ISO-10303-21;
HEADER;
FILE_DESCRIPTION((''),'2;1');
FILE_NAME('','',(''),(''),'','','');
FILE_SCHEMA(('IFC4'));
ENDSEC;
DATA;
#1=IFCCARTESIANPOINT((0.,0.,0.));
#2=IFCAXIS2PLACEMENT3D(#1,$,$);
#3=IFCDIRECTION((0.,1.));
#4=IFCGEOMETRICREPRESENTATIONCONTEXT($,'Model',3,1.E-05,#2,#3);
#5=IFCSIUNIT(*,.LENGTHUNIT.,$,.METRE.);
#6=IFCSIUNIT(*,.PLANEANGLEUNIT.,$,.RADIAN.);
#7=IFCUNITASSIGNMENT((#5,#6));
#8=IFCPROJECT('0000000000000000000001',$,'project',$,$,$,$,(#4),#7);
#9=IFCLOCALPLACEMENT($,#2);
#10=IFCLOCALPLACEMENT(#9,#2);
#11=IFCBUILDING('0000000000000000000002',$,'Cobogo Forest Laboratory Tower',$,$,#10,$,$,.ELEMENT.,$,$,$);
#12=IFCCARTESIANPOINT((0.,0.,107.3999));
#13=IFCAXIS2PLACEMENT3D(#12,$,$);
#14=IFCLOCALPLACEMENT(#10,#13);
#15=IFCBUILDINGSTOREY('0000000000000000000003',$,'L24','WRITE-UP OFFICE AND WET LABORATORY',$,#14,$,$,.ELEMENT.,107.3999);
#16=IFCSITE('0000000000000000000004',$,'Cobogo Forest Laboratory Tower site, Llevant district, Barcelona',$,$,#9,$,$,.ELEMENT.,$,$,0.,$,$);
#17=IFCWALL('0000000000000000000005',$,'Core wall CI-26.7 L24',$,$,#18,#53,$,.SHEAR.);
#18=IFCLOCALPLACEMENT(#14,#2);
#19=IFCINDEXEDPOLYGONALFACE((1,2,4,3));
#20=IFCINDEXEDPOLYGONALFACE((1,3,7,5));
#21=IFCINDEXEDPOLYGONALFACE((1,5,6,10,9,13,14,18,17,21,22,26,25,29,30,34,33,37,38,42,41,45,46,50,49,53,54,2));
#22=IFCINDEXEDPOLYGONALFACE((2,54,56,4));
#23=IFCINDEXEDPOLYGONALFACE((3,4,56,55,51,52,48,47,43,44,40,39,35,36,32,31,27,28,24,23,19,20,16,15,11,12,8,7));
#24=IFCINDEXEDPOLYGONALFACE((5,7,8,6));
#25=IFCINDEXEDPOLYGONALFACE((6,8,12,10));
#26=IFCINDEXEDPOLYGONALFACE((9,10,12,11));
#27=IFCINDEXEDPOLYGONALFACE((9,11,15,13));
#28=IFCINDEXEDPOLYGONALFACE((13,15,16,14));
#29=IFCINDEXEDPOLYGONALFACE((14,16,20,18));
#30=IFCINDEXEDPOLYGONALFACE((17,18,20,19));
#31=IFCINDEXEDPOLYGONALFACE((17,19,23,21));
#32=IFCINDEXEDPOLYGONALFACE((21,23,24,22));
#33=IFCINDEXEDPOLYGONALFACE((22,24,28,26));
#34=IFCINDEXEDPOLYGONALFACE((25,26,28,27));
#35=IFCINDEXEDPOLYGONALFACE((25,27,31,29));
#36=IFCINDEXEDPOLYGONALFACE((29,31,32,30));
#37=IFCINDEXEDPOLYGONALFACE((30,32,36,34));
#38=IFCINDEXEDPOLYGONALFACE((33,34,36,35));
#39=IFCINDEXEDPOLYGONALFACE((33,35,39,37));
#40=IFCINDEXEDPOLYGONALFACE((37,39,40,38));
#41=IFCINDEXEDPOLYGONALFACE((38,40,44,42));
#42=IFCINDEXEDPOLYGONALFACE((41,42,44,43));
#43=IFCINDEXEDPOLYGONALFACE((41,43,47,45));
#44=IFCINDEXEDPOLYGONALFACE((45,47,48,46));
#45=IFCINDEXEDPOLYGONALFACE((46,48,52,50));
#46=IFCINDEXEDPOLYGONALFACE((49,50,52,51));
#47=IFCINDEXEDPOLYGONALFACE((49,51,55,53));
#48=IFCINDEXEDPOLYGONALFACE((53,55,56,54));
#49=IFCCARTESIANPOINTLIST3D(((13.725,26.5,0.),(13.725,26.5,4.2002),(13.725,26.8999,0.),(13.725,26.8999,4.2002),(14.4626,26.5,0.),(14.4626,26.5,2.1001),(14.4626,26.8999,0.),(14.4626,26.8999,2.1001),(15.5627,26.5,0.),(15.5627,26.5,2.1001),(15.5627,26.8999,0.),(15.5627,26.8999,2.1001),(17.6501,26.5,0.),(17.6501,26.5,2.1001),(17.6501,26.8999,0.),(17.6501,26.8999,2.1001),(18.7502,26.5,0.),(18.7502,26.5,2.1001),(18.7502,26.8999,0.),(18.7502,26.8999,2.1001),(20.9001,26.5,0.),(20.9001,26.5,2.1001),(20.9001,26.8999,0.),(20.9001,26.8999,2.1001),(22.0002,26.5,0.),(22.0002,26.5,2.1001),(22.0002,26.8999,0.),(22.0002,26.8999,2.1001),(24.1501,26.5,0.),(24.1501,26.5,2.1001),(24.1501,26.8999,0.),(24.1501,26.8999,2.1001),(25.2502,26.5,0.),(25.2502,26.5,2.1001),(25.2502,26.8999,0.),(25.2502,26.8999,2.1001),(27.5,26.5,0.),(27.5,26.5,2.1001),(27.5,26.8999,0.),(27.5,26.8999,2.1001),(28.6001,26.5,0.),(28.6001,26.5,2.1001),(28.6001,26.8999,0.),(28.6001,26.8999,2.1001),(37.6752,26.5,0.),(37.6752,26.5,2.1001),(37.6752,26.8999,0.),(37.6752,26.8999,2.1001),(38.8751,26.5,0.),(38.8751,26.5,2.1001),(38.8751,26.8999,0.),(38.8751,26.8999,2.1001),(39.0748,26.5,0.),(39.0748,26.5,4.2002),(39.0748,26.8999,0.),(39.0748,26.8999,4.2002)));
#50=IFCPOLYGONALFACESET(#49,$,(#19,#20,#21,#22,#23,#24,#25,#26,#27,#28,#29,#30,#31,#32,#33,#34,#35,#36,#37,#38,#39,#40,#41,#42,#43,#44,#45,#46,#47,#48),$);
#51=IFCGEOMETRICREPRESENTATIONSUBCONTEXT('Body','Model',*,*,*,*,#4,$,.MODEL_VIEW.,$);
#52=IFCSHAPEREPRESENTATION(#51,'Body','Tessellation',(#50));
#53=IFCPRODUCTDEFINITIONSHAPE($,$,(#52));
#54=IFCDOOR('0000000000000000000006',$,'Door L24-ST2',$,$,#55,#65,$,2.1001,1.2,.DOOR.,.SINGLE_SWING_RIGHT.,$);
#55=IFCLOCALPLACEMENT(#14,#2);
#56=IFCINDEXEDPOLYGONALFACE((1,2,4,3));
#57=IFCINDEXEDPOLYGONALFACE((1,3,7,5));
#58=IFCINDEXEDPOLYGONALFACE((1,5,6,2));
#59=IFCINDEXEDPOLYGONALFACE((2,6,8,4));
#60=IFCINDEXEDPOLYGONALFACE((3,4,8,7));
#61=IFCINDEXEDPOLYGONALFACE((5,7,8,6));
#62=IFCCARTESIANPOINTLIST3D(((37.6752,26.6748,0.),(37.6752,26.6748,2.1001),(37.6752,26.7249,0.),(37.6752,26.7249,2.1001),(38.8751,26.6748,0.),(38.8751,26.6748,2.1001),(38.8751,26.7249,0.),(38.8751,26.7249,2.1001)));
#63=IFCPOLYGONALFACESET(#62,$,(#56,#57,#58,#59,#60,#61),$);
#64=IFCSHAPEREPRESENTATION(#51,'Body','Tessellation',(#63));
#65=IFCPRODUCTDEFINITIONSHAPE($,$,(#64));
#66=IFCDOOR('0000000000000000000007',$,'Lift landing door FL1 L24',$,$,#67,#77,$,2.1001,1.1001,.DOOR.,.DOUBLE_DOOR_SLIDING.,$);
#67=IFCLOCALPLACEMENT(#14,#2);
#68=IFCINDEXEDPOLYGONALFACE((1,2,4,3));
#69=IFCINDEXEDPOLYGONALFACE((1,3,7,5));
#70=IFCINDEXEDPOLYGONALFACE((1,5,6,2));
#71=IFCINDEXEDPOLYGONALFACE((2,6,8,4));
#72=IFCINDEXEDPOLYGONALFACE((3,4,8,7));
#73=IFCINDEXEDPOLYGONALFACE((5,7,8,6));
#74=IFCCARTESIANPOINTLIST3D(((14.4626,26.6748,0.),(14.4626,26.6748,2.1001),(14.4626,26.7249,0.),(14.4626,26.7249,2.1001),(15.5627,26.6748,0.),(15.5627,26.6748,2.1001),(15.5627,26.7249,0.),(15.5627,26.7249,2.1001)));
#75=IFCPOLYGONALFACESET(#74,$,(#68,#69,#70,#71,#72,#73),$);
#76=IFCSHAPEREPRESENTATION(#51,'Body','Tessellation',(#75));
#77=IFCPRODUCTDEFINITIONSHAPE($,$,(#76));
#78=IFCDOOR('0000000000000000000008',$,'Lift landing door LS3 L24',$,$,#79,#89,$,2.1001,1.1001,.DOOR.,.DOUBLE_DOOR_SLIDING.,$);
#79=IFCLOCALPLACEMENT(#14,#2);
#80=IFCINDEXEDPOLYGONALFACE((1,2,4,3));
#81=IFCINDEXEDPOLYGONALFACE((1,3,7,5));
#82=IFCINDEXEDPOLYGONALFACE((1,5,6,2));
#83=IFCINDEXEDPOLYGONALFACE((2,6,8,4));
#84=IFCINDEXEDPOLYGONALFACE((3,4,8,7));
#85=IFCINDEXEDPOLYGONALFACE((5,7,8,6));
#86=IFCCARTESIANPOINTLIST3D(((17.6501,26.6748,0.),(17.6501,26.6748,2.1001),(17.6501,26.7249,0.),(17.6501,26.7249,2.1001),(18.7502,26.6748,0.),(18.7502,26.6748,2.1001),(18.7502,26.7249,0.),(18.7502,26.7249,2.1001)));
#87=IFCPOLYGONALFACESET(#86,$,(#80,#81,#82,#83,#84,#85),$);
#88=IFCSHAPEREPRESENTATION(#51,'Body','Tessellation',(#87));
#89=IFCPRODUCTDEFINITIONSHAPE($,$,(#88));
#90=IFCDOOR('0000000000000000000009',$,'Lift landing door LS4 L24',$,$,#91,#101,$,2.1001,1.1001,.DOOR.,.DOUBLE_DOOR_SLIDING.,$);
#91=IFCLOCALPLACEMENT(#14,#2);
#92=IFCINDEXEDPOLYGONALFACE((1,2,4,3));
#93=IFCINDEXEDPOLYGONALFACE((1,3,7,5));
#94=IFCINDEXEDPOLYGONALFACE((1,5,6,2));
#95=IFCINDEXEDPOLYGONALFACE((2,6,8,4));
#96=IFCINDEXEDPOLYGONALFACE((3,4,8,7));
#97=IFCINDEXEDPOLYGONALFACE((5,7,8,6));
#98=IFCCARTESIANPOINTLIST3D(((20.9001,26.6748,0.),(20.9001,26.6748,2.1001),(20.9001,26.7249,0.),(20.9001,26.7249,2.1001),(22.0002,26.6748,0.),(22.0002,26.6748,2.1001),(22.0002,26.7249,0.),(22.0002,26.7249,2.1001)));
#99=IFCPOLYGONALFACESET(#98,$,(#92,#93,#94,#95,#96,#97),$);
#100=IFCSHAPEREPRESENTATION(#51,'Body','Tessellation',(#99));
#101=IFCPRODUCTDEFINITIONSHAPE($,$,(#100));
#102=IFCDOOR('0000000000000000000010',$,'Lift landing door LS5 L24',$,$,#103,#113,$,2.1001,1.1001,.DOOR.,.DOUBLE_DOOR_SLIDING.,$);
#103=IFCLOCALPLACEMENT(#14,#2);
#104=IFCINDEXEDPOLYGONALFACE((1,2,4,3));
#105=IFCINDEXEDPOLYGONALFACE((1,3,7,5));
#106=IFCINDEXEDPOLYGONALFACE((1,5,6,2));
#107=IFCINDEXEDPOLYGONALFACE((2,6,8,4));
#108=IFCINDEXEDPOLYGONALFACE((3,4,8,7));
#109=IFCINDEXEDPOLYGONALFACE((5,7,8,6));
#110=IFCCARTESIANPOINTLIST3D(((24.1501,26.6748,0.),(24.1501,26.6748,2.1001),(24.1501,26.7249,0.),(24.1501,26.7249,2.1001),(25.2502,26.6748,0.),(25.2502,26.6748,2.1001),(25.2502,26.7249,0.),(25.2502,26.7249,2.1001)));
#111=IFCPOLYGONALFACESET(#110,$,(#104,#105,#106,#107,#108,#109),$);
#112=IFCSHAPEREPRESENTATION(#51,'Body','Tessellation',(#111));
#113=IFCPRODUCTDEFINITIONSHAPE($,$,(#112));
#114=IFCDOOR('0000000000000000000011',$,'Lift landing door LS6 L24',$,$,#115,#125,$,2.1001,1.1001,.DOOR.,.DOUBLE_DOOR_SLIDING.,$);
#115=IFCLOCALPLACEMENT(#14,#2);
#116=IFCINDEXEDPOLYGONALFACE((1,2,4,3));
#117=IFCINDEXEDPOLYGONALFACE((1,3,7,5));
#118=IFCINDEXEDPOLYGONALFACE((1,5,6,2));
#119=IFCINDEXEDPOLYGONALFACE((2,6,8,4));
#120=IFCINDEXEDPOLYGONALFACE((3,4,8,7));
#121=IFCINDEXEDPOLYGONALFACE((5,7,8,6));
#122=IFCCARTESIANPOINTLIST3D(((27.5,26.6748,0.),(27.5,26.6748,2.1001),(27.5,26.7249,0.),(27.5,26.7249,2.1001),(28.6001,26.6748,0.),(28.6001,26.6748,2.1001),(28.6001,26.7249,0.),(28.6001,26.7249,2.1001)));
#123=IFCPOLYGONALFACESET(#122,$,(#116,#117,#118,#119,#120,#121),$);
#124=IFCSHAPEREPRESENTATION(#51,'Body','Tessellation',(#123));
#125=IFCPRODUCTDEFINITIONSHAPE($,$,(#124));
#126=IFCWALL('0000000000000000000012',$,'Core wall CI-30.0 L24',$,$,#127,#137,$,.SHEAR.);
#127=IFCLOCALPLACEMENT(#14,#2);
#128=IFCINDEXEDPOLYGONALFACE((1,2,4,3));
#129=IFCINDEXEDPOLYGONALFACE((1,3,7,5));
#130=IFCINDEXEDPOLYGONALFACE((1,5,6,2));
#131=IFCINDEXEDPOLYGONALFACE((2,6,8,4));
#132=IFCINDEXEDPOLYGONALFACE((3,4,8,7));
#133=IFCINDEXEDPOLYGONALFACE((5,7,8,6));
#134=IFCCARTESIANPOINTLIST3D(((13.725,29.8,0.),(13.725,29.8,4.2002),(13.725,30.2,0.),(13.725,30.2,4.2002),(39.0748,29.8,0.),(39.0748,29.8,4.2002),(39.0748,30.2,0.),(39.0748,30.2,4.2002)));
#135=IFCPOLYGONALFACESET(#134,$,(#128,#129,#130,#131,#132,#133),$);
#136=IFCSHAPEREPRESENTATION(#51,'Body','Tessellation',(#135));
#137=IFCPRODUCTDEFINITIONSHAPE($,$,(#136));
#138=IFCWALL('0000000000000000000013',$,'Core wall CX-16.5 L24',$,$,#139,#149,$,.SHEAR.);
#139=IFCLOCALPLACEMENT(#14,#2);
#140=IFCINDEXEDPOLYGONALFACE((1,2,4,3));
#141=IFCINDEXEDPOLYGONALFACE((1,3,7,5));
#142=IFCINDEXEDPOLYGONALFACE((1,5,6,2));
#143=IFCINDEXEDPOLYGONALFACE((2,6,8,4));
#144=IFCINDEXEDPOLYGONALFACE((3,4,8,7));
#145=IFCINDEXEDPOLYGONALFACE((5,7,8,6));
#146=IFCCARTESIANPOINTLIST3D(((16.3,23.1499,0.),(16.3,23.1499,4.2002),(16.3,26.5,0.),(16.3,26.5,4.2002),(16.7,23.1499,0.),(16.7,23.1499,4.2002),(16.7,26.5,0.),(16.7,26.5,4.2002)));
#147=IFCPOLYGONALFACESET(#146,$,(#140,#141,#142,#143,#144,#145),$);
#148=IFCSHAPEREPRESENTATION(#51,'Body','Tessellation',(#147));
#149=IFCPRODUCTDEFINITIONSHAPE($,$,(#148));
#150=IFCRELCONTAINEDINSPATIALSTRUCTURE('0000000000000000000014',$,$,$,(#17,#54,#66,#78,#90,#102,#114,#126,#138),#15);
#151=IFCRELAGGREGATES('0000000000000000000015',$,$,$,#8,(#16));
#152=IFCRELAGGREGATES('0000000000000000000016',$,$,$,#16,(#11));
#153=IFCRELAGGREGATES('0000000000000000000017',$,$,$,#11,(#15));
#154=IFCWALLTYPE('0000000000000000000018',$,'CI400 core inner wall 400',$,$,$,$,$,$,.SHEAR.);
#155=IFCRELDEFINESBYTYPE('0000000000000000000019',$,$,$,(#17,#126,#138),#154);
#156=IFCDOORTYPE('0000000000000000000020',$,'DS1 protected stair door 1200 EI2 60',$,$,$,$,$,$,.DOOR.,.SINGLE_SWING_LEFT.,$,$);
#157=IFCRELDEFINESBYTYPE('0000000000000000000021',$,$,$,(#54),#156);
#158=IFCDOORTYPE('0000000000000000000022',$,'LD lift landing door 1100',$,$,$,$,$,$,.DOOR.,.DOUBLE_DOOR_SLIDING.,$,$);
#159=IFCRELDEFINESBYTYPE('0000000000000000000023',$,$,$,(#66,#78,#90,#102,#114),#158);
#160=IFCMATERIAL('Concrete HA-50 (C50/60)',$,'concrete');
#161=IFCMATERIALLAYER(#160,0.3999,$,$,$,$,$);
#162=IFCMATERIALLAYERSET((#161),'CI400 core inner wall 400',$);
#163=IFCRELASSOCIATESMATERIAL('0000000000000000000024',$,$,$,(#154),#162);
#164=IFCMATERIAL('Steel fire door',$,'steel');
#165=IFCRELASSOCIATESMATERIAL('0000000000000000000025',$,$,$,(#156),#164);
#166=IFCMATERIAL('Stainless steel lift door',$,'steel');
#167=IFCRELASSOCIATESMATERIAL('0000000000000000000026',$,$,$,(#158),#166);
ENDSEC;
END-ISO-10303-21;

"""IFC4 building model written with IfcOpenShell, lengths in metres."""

from ifc_helpers import new_model, si_unit, direction, frame, frame_2d, origin, place, context, subcontext, project, spatial, rectangle, extrude, material, layer, layer_set, type_object, element, fill, save


model = new_model("IFC4")

# Units and contexts
model_context = context("Model", 3, precision=1e-05, world=origin(), true_north=direction((0.0, 1.0)))
body_context = subcontext(model_context, "Body", "Model", "MODEL_VIEW")
ifc_project = project(units=[si_unit("LENGTHUNIT", "METRE"), si_unit("PLANEANGLEUNIT", "RADIAN")], contexts=[model_context])

# Site, building, storey
site_placement = place(None, origin())
site = spatial("IfcSite", under=ifc_project, at=site_placement, Name="Cobogo Forest Laboratory Tower site, Llevant district, Barcelona", CompositionType="ELEMENT", RefElevation=0.0)
building_placement = place(site_placement, origin())
building = spatial("IfcBuilding", under=site, at=building_placement, Name="Cobogo Forest Laboratory Tower", CompositionType="ELEMENT")
storey_placement = place(building_placement, frame((0.0, 0.0, 107.3999)))
storey = spatial("IfcBuildingStorey", under=building, at=storey_placement, Name="L24", Description="WRITE-UP OFFICE AND WET LABORATORY", CompositionType="ELEMENT", Elevation=107.3999)

# Shared definitions
ifc_material_1 = material(Name="Concrete HA-50 (C50/60)", Category="concrete")

# Shared definitions
ifc_layer_1 = layer(ifc_material_1, 0.3999)
ifc_layer_set_1 = layer_set([ifc_layer_1], Name="CI400 core inner wall 400")
wall_type_1 = type_object("IfcWallType", Name="CI400 core inner wall 400", PredefinedType="SHEAR", material=ifc_layer_set_1)

# Wall, openings, doors
wall_1_placement = place(storey_placement, frame((13.7251, 26.7, 0.0), z_axis=(0.0, 0.0, 1.0), x_axis=(1.0, 0.0, 0.0)))
wall_1 = element("IfcWall", 1, at=wall_1_placement, inside=storey, type_object=wall_type_1, Name="Core wall CI-26.7 L24", PredefinedType="SHEAR", context=body_context, shape_type="SweptSolid", body=[
    extrude(rectangle(XDim=25.3499, YDim=0.3999, at=frame_2d((12.6748, 0.0))), origin(), (0.0, 0.0, 1.0), 4.2002),
])
opening_1_placement = place(wall_1_placement, frame((23.95, 0.0, 0.0)))
opening_1 = element("IfcOpeningElement", 2, at=opening_1_placement, cuts=wall_1, PredefinedType="OPENING", context=body_context, shape_type="SweptSolid", body=[
    extrude(rectangle(XDim=1.2, YDim=2.1001, at=frame_2d((0.6001, 1.05))), frame((0.0, 0.21, 0.0), z_axis=(0.0, -1.0, 0.0), x_axis=(1.0, 0.0, 0.0)), (0.0, 0.0, 1.0), 0.4199),
])
opening_2_placement = place(wall_1_placement, frame((0.7375, 0.0, 0.0)))
opening_2 = element("IfcOpeningElement", 3, at=opening_2_placement, cuts=wall_1, PredefinedType="OPENING", context=body_context, shape_type="SweptSolid", body=[
    extrude(rectangle(XDim=1.1001, YDim=2.1001, at=frame_2d((0.55, 1.05))), frame((0.0, 0.21, 0.0), z_axis=(0.0, -1.0, 0.0), x_axis=(1.0, 0.0, 0.0)), (0.0, 0.0, 1.0), 0.4199),
])
opening_3_placement = place(wall_1_placement, frame((3.925, 0.0, 0.0)))
opening_3 = element("IfcOpeningElement", 4, at=opening_3_placement, cuts=wall_1, PredefinedType="OPENING", context=body_context, shape_type="SweptSolid", body=[
    extrude(rectangle(XDim=1.1001, YDim=2.1001, at=frame_2d((0.55, 1.05))), frame((0.0, 0.21, 0.0), z_axis=(0.0, -1.0, 0.0), x_axis=(1.0, 0.0, 0.0)), (0.0, 0.0, 1.0), 0.4199),
])
opening_4_placement = place(wall_1_placement, frame((7.175, 0.0, 0.0)))
opening_4 = element("IfcOpeningElement", 5, at=opening_4_placement, cuts=wall_1, PredefinedType="OPENING", context=body_context, shape_type="SweptSolid", body=[
    extrude(rectangle(XDim=1.1001, YDim=2.1001, at=frame_2d((0.55, 1.05))), frame((0.0, 0.21, 0.0), z_axis=(0.0, -1.0, 0.0), x_axis=(1.0, 0.0, 0.0)), (0.0, 0.0, 1.0), 0.4199),
])
opening_5_placement = place(wall_1_placement, frame((10.425, 0.0, 0.0)))
opening_5 = element("IfcOpeningElement", 6, at=opening_5_placement, cuts=wall_1, PredefinedType="OPENING", context=body_context, shape_type="SweptSolid", body=[
    extrude(rectangle(XDim=1.1001, YDim=2.1001, at=frame_2d((0.55, 1.05))), frame((0.0, 0.21, 0.0), z_axis=(0.0, -1.0, 0.0), x_axis=(1.0, 0.0, 0.0)), (0.0, 0.0, 1.0), 0.4199),
])
opening_6_placement = place(wall_1_placement, frame((13.7749, 0.0, 0.0)))
opening_6 = element("IfcOpeningElement", 7, at=opening_6_placement, cuts=wall_1, PredefinedType="OPENING", context=body_context, shape_type="SweptSolid", body=[
    extrude(rectangle(XDim=1.1001, YDim=2.1001, at=frame_2d((0.55, 1.05))), frame((0.0, 0.21, 0.0), z_axis=(0.0, -1.0, 0.0), x_axis=(1.0, 0.0, 0.0)), (0.0, 0.0, 1.0), 0.4199),
])
ifc_material_2 = material(Name="Steel fire door", Category="steel")
door_type_1 = type_object("IfcDoorType", Name="DS1 protected stair door 1200 EI2 60", OperationType="SINGLE_SWING_LEFT", PredefinedType="DOOR", material=ifc_material_2)
door_1_placement = place(opening_1_placement, origin())
door_1 = element("IfcDoor", 8, at=door_1_placement, inside=storey, type_object=door_type_1, Name="Door L24-ST2", OperationType="SINGLE_SWING_RIGHT", OverallHeight=2.1001, OverallWidth=1.2, PredefinedType="DOOR", context=body_context, shape_type="SweptSolid", body=[
    extrude(rectangle(XDim=1.2, YDim=2.1001, at=frame_2d((0.6001, 1.05))), frame((0.0, 0.0249, 0.0), z_axis=(0.0, -1.0, 0.0), x_axis=(1.0, 0.0, 0.0)), (0.0, 0.0, 1.0), 0.05),
])
fill(opening_1, door_1)
ifc_material_3 = material(Name="Stainless steel lift door", Category="steel")
door_type_2 = type_object("IfcDoorType", Name="LD lift landing door 1100", OperationType="DOUBLE_DOOR_SLIDING", PredefinedType="DOOR", material=ifc_material_3)
door_2_placement = place(opening_2_placement, origin())
door_2 = element("IfcDoor", 9, at=door_2_placement, inside=storey, type_object=door_type_2, Name="Lift landing door FL1 L24", OperationType="DOUBLE_DOOR_SLIDING", OverallHeight=2.1001, OverallWidth=1.1001, PredefinedType="DOOR", context=body_context, shape_type="SweptSolid", body=[
    extrude(rectangle(XDim=1.1001, YDim=2.1001, at=frame_2d((0.55, 1.05))), frame((0.0, 0.0249, 0.0), z_axis=(0.0, -1.0, 0.0), x_axis=(1.0, 0.0, 0.0)), (0.0, 0.0, 1.0), 0.05),
])
fill(opening_2, door_2)
door_3_placement = place(opening_3_placement, origin())
door_3 = element("IfcDoor", 10, at=door_3_placement, inside=storey, type_object=door_type_2, Name="Lift landing door LS3 L24", OperationType="DOUBLE_DOOR_SLIDING", OverallHeight=2.1001, OverallWidth=1.1001, PredefinedType="DOOR", context=body_context, shape_type="SweptSolid", body=[
    extrude(rectangle(XDim=1.1001, YDim=2.1001, at=frame_2d((0.55, 1.05))), frame((0.0, 0.0249, 0.0), z_axis=(0.0, -1.0, 0.0), x_axis=(1.0, 0.0, 0.0)), (0.0, 0.0, 1.0), 0.05),
])
fill(opening_3, door_3)
door_4_placement = place(opening_4_placement, origin())
door_4 = element("IfcDoor", 11, at=door_4_placement, inside=storey, type_object=door_type_2, Name="Lift landing door LS4 L24", OperationType="DOUBLE_DOOR_SLIDING", OverallHeight=2.1001, OverallWidth=1.1001, PredefinedType="DOOR", context=body_context, shape_type="SweptSolid", body=[
    extrude(rectangle(XDim=1.1001, YDim=2.1001, at=frame_2d((0.55, 1.05))), frame((0.0, 0.0249, 0.0), z_axis=(0.0, -1.0, 0.0), x_axis=(1.0, 0.0, 0.0)), (0.0, 0.0, 1.0), 0.05),
])
fill(opening_4, door_4)
door_5_placement = place(opening_5_placement, origin())
door_5 = element("IfcDoor", 12, at=door_5_placement, inside=storey, type_object=door_type_2, Name="Lift landing door LS5 L24", OperationType="DOUBLE_DOOR_SLIDING", OverallHeight=2.1001, OverallWidth=1.1001, PredefinedType="DOOR", context=body_context, shape_type="SweptSolid", body=[
    extrude(rectangle(XDim=1.1001, YDim=2.1001, at=frame_2d((0.55, 1.05))), frame((0.0, 0.0249, 0.0), z_axis=(0.0, -1.0, 0.0), x_axis=(1.0, 0.0, 0.0)), (0.0, 0.0, 1.0), 0.05),
])
fill(opening_5, door_5)
door_6_placement = place(opening_6_placement, origin())
door_6 = element("IfcDoor", 13, at=door_6_placement, inside=storey, type_object=door_type_2, Name="Lift landing door LS6 L24", OperationType="DOUBLE_DOOR_SLIDING", OverallHeight=2.1001, OverallWidth=1.1001, PredefinedType="DOOR", context=body_context, shape_type="SweptSolid", body=[
    extrude(rectangle(XDim=1.1001, YDim=2.1001, at=frame_2d((0.55, 1.05))), frame((0.0, 0.0249, 0.0), z_axis=(0.0, -1.0, 0.0), x_axis=(1.0, 0.0, 0.0)), (0.0, 0.0, 1.0), 0.05),
])
fill(opening_6, door_6)

# Walls
wall_2_placement = place(storey_placement, frame((13.7251, 30.0, 0.0), z_axis=(0.0, 0.0, 1.0), x_axis=(1.0, 0.0, 0.0)))
element("IfcWall", 14, at=wall_2_placement, inside=storey, type_object=wall_type_1, Name="Core wall CI-30.0 L24", PredefinedType="SHEAR", context=body_context, shape_type="SweptSolid", body=[
    extrude(rectangle(XDim=25.3499, YDim=0.3999, at=frame_2d((12.6748, 0.0))), origin(), (0.0, 0.0, 1.0), 4.2002),
])
wall_3_placement = place(storey_placement, frame((16.5, 23.1499, 0.0), z_axis=(0.0, 0.0, 1.0), x_axis=(0.0, 1.0, 0.0)))
element("IfcWall", 15, at=wall_3_placement, inside=storey, type_object=wall_type_1, Name="Core wall CX-16.5 L24", PredefinedType="SHEAR", context=body_context, shape_type="SweptSolid", body=[
    extrude(rectangle(XDim=3.3501, YDim=0.3999, at=frame_2d((1.675, 0.0))), origin(), (0.0, 0.0, 1.0), 4.2002),
])

save(model, "model.ifc")
